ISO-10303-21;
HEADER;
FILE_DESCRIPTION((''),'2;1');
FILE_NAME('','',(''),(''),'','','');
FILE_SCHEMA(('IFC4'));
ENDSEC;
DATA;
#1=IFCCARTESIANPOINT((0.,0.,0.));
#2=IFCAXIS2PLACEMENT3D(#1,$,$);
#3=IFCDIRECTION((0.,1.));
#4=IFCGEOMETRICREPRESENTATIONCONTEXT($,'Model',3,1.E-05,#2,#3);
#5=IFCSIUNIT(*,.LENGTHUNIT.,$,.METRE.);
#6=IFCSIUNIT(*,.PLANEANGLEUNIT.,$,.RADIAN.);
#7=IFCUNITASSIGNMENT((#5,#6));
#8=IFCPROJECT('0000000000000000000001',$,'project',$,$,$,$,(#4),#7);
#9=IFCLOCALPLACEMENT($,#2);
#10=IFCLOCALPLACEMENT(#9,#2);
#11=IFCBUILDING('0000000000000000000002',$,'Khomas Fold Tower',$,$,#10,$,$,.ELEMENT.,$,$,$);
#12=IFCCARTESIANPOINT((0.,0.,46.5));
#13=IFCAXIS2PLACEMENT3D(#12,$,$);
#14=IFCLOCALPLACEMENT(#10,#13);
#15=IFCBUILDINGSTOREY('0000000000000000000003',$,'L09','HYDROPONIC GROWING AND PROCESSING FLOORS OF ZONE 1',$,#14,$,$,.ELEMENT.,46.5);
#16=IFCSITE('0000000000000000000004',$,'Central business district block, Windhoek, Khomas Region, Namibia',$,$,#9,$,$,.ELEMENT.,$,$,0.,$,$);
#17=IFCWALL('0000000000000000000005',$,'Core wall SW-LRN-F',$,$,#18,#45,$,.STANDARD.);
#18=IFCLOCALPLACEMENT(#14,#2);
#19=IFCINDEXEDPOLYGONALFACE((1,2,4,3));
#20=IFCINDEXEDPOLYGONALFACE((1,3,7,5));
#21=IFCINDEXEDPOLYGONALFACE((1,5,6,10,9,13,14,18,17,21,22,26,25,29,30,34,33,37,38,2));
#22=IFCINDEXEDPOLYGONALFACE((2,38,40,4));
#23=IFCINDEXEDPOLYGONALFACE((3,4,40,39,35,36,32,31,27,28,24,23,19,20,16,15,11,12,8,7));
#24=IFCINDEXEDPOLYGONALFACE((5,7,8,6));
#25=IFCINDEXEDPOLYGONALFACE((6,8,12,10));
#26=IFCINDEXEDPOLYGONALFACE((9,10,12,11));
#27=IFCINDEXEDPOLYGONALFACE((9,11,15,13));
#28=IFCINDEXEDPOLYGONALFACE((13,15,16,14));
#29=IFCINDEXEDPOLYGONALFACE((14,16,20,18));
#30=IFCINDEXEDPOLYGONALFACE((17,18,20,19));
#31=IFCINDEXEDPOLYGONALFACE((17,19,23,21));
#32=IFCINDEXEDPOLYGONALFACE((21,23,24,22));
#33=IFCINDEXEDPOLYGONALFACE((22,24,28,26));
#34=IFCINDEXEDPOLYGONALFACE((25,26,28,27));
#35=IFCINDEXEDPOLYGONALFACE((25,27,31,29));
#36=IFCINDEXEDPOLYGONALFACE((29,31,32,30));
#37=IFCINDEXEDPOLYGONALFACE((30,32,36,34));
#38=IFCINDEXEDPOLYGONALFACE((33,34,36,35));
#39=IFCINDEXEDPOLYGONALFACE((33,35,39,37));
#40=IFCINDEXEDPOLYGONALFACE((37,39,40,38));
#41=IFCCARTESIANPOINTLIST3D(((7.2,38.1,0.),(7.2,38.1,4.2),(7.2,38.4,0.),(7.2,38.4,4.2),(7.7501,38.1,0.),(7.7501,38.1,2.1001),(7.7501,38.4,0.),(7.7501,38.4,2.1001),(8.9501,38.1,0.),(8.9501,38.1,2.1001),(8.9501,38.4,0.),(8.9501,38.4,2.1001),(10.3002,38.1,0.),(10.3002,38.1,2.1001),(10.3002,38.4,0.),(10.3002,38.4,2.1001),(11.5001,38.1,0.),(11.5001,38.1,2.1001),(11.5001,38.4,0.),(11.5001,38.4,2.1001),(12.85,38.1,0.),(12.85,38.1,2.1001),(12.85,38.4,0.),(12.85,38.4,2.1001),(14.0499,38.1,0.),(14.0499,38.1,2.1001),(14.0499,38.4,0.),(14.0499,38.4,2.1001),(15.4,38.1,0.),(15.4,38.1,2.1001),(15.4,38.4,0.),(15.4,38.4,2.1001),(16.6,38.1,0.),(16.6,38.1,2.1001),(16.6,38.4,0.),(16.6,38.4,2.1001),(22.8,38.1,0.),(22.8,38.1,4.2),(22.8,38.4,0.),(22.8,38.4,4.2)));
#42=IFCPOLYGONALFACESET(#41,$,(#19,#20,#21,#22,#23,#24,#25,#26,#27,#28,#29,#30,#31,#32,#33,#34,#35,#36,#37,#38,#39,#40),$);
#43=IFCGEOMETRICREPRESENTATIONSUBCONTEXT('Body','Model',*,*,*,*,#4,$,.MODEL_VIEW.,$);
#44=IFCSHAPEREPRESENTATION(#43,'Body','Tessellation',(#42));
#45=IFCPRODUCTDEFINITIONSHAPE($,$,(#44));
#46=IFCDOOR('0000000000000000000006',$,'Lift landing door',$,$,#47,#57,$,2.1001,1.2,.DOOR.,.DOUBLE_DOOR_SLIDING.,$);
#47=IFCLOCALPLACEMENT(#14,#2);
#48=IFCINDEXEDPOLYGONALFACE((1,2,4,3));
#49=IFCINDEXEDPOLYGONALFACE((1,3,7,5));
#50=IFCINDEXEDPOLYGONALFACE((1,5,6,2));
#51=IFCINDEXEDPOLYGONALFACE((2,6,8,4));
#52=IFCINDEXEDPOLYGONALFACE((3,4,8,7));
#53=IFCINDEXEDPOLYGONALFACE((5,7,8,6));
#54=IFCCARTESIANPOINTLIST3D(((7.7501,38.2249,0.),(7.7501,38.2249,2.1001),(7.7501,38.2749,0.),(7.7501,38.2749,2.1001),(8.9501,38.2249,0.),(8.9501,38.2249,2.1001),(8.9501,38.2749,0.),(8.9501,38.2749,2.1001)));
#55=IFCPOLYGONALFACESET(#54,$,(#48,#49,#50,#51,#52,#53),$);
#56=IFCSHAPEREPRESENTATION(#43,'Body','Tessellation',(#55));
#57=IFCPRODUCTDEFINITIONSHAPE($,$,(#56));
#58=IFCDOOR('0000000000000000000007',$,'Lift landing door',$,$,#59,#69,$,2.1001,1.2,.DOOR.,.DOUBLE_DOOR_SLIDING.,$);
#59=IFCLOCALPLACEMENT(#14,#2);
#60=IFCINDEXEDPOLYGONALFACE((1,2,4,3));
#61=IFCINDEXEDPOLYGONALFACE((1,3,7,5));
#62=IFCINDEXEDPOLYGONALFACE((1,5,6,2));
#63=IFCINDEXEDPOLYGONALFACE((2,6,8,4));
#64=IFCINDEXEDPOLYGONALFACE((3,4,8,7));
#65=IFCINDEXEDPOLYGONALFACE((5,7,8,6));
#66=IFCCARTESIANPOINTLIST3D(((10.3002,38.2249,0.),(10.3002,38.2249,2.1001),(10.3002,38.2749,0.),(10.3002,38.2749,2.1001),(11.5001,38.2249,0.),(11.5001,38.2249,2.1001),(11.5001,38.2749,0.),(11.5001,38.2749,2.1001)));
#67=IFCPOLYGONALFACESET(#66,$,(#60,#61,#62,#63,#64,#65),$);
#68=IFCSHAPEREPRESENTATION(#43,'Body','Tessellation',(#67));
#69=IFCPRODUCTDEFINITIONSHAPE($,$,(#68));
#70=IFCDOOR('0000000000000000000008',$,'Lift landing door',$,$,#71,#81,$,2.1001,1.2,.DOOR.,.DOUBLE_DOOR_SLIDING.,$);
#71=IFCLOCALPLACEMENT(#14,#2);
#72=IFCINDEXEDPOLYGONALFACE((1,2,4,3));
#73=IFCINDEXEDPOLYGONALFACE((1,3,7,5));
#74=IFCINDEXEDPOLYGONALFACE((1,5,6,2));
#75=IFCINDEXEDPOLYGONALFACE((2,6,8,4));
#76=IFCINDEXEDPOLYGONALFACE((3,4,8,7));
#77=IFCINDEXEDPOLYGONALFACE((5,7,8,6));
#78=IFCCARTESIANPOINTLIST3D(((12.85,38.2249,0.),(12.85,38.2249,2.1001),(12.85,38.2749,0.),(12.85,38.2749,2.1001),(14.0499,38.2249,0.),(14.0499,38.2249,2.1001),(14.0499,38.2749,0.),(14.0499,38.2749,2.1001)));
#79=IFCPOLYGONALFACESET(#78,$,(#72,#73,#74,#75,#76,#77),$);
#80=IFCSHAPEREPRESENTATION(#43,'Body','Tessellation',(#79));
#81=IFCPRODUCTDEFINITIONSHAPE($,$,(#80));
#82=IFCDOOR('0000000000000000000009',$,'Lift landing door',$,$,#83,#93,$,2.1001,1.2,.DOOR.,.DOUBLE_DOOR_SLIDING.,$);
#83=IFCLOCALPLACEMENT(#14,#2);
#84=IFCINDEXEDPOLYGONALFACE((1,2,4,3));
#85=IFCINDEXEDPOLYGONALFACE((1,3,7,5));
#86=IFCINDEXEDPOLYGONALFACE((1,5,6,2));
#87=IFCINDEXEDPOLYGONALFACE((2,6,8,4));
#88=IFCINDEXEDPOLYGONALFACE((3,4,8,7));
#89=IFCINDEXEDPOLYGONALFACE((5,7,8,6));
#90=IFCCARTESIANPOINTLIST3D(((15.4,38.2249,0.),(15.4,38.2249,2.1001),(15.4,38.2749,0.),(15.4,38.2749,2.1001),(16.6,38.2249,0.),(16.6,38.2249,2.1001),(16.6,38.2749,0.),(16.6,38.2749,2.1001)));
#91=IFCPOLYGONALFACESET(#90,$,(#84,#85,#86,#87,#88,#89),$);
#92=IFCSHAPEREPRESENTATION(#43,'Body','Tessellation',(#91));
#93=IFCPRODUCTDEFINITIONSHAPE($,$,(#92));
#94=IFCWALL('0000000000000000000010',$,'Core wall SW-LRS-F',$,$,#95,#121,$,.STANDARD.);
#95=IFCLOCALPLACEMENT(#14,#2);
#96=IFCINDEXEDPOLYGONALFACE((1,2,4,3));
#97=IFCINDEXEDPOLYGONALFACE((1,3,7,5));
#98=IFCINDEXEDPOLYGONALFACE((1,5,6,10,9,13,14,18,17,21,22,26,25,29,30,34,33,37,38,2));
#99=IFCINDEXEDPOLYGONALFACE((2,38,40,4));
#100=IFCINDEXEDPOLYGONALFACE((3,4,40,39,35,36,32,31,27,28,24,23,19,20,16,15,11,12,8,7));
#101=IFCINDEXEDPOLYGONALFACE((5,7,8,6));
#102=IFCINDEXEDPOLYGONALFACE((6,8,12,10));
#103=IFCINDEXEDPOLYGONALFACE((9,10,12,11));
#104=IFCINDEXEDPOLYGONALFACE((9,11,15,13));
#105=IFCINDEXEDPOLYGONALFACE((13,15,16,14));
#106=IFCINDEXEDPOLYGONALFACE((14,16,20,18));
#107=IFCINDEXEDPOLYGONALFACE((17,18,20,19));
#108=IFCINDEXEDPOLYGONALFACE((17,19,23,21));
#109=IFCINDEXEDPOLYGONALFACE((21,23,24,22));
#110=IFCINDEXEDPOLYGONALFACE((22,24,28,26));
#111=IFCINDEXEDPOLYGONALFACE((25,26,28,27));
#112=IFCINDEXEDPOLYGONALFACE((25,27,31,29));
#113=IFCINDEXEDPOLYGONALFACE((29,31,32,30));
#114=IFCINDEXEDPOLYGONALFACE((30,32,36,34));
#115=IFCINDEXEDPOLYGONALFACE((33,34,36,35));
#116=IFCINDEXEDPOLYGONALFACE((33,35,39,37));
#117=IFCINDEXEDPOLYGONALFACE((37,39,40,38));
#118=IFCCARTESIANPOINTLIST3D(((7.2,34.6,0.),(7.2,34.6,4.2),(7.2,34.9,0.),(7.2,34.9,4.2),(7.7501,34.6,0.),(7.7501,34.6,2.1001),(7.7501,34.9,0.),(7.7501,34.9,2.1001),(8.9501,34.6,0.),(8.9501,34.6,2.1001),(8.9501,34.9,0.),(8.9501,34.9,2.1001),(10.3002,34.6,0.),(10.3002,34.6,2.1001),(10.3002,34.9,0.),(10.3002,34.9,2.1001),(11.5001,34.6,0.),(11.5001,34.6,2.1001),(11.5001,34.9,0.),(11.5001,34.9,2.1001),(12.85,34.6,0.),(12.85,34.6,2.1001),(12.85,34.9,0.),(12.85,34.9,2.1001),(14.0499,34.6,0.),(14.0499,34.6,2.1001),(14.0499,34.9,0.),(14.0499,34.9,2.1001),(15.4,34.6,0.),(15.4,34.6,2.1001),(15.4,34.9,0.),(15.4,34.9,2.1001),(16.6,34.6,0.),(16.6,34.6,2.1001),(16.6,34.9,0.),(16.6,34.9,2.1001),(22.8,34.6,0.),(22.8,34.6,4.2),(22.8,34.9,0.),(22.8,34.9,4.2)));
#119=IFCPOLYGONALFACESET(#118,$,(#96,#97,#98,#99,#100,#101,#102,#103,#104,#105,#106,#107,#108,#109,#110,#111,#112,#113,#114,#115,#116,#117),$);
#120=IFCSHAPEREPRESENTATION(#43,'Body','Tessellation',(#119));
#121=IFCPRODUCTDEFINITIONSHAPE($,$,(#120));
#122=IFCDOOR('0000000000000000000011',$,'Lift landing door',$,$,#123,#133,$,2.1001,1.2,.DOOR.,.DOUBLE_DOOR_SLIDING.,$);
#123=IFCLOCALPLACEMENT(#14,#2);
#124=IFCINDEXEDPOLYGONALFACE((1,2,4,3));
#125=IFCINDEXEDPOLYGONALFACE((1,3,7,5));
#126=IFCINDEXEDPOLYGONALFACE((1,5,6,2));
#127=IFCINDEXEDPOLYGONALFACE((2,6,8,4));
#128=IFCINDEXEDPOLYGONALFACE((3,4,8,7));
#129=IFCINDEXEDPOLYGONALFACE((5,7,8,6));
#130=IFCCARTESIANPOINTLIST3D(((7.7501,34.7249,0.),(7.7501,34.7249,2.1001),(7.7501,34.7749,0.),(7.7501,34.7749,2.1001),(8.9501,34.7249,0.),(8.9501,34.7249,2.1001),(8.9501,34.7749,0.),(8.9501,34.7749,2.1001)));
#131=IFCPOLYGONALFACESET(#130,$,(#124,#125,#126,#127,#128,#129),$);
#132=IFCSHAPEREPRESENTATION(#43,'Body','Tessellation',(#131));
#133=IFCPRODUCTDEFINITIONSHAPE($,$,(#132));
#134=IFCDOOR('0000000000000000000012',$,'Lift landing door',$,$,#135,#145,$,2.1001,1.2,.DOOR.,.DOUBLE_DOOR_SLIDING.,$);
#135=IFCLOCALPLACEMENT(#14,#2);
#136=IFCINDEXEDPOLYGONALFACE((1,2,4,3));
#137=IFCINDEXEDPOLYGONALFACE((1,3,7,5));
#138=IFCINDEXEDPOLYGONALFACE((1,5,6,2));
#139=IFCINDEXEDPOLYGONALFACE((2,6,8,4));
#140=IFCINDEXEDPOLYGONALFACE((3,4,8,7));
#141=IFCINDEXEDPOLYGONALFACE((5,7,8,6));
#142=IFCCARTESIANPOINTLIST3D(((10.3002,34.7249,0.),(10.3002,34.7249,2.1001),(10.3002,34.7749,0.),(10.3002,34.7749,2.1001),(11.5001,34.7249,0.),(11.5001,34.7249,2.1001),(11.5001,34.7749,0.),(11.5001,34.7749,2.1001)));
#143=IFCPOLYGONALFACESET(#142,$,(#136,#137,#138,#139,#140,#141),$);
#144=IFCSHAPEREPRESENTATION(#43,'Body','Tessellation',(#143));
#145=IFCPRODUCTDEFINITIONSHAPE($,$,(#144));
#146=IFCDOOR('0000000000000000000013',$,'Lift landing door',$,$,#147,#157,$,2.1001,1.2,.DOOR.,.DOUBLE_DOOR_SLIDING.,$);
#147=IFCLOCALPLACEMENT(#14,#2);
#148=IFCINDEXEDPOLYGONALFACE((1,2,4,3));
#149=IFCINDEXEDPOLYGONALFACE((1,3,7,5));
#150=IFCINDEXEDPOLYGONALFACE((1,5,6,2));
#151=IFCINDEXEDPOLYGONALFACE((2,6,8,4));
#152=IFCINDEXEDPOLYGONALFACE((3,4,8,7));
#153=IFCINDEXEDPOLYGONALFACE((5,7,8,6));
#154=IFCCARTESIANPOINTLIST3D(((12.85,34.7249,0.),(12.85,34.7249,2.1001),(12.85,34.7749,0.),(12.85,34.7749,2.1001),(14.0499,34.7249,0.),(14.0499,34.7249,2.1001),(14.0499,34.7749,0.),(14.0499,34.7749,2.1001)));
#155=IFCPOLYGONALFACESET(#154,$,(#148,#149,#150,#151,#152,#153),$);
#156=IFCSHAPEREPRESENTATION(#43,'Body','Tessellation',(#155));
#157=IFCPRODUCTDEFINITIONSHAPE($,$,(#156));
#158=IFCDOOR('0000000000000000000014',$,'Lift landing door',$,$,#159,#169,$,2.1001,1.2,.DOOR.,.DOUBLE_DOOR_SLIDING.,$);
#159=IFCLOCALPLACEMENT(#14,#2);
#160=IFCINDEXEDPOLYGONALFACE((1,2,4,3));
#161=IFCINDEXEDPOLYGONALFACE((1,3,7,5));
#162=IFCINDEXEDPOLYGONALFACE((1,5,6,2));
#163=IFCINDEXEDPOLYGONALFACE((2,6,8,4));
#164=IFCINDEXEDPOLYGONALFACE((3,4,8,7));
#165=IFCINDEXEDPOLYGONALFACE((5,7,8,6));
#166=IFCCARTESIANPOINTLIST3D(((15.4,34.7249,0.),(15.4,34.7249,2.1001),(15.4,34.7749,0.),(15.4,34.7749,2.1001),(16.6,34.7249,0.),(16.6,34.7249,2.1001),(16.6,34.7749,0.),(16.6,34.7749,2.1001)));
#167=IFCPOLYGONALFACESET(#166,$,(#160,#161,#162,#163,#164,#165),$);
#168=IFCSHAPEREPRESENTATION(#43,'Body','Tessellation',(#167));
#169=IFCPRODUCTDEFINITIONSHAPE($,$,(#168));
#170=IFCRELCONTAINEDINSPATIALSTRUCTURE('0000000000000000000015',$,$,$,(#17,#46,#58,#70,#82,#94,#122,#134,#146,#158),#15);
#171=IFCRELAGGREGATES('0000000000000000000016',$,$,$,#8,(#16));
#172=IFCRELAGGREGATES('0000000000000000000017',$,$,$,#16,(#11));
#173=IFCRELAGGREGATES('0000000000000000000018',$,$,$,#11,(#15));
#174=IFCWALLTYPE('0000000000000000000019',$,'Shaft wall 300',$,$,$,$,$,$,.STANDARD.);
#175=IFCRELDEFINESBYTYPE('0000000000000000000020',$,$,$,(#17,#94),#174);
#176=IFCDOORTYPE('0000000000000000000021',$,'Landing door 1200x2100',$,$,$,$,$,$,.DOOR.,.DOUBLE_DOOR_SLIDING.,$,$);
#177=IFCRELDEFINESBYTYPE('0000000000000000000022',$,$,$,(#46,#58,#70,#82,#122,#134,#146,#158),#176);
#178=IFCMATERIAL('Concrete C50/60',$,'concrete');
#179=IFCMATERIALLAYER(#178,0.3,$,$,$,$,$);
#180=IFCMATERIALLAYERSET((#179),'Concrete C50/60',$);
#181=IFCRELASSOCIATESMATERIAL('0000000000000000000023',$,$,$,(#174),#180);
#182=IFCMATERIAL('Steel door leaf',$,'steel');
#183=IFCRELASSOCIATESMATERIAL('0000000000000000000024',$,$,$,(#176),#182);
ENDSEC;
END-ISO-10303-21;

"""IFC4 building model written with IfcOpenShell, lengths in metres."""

from ifc_helpers import new_model, si_unit, direction, frame, frame_2d, origin, place, context, subcontext, project, spatial, rectangle, extrude, source, transform, mapped, material, layer, layer_set, type_object, element, fill, save


model = new_model("IFC4")

# Units and contexts
model_context = context("Model", 3, precision=1e-05, world=origin(), true_north=direction((0.0, 1.0)))
body_context = subcontext(model_context, "Body", "Model", "MODEL_VIEW")
ifc_project = project(units=[si_unit("LENGTHUNIT", "METRE"), si_unit("PLANEANGLEUNIT", "RADIAN")], contexts=[model_context])

# Site, building, storey
site_placement = place(None, origin())
site = spatial("IfcSite", under=ifc_project, at=site_placement, Name="Central business district block, Windhoek, Khomas Region, Namibia", CompositionType="ELEMENT", RefElevation=0.0)
building_placement = place(site_placement, origin())
building = spatial("IfcBuilding", under=site, at=building_placement, Name="Khomas Fold Tower", CompositionType="ELEMENT")
storey_placement = place(building_placement, frame((0.0, 0.0, 46.5)))
storey = spatial("IfcBuildingStorey", under=building, at=storey_placement, Name="L09", Description="HYDROPONIC GROWING AND PROCESSING FLOORS OF ZONE 1", CompositionType="ELEMENT", Elevation=46.5)

# Walls, openings, doors
ifc_material_1 = material(Name="Concrete C50/60", Category="concrete")
ifc_layer_1 = layer(ifc_material_1, 0.3)
ifc_layer_set_1 = layer_set([ifc_layer_1], Name="Concrete C50/60")
wall_type_1 = type_object("IfcWallType", Name="Shaft wall 300", PredefinedType="STANDARD", material=ifc_layer_set_1)
shared_shape_1 = source(origin(), body_context, "Body", "SweptSolid", [
    extrude(rectangle(XDim=15.6001, YDim=0.3, at=frame_2d((7.8, 0.0))), origin(), (0.0, 0.0, 1.0), 4.2),
])
wall_1_placement = place(storey_placement, frame((7.2, 38.25, 0.0), z_axis=(0.0, 0.0, 1.0), x_axis=(1.0, 0.0, 0.0)))
wall_1 = element("IfcWall", 1, at=wall_1_placement, inside=storey, type_object=wall_type_1, Name="Core wall SW-LRN-F", PredefinedType="STANDARD", context=body_context, shape_type="MappedRepresentation", body=[
    mapped(shared_shape_1, transform((0.0, 0.0, 0.0))),
])
shared_shape_2 = source(origin(), body_context, "Body", "SweptSolid", [
    extrude(rectangle(XDim=1.2, YDim=2.1001, at=frame_2d((0.6001, 1.05))), frame((0.0, 0.1599, 0.0), z_axis=(0.0, -1.0, 0.0), x_axis=(1.0, 0.0, 0.0)), (0.0, 0.0, 1.0), 0.3201),
])
opening_1_placement = place(wall_1_placement, frame((0.55, 0.0, 0.0)))
opening_1 = element("IfcOpeningElement", 2, at=opening_1_placement, cuts=wall_1, PredefinedType="OPENING", context=body_context, shape_type="MappedRepresentation", body=[
    mapped(shared_shape_2, transform((0.0, 0.0, 0.0))),
])
opening_2_placement = place(wall_1_placement, frame((3.1001, 0.0, 0.0)))
opening_2 = element("IfcOpeningElement", 3, at=opening_2_placement, cuts=wall_1, PredefinedType="OPENING", context=body_context, shape_type="MappedRepresentation", body=[
    mapped(shared_shape_2, transform((0.0, 0.0, 0.0))),
])
opening_3_placement = place(wall_1_placement, frame((5.6499, 0.0, 0.0)))
opening_3 = element("IfcOpeningElement", 4, at=opening_3_placement, cuts=wall_1, PredefinedType="OPENING", context=body_context, shape_type="MappedRepresentation", body=[
    mapped(shared_shape_2, transform((0.0, 0.0, 0.0))),
])
opening_4_placement = place(wall_1_placement, frame((8.2, 0.0, 0.0)))
opening_4 = element("IfcOpeningElement", 5, at=opening_4_placement, cuts=wall_1, PredefinedType="OPENING", context=body_context, shape_type="MappedRepresentation", body=[
    mapped(shared_shape_2, transform((0.0, 0.0, 0.0))),
])
ifc_material_2 = material(Name="Steel door leaf", Category="steel")
door_type = type_object("IfcDoorType", Name="Landing door 1200x2100", OperationType="DOUBLE_DOOR_SLIDING", PredefinedType="DOOR", material=ifc_material_2)
shared_shape_3 = source(origin(), body_context, "Body", "SweptSolid", [
    extrude(rectangle(XDim=1.2, YDim=2.1001, at=frame_2d((0.6001, 1.05))), frame((0.0, 0.0249, 0.0), z_axis=(0.0, -1.0, 0.0), x_axis=(1.0, 0.0, 0.0)), (0.0, 0.0, 1.0), 0.05),
])
door_1_placement = place(opening_1_placement, origin())
door_1 = element("IfcDoor", 6, at=door_1_placement, inside=storey, type_object=door_type, Name="Lift landing door", OperationType="DOUBLE_DOOR_SLIDING", OverallHeight=2.1001, OverallWidth=1.2, PredefinedType="DOOR", context=body_context, shape_type="MappedRepresentation", body=[
    mapped(shared_shape_3, transform((0.0, 0.0, 0.0))),
])
fill(opening_1, door_1)
door_2_placement = place(opening_2_placement, origin())
door_2 = element("IfcDoor", 7, at=door_2_placement, inside=storey, type_object=door_type, Name="Lift landing door", OperationType="DOUBLE_DOOR_SLIDING", OverallHeight=2.1001, OverallWidth=1.2, PredefinedType="DOOR", context=body_context, shape_type="MappedRepresentation", body=[
    mapped(shared_shape_3, transform((0.0, 0.0, 0.0))),
])
fill(opening_2, door_2)
door_3_placement = place(opening_3_placement, origin())
door_3 = element("IfcDoor", 8, at=door_3_placement, inside=storey, type_object=door_type, Name="Lift landing door", OperationType="DOUBLE_DOOR_SLIDING", OverallHeight=2.1001, OverallWidth=1.2, PredefinedType="DOOR", context=body_context, shape_type="MappedRepresentation", body=[
    mapped(shared_shape_3, transform((0.0, 0.0, 0.0))),
])
fill(opening_3, door_3)
door_4_placement = place(opening_4_placement, origin())
door_4 = element("IfcDoor", 9, at=door_4_placement, inside=storey, type_object=door_type, Name="Lift landing door", OperationType="DOUBLE_DOOR_SLIDING", OverallHeight=2.1001, OverallWidth=1.2, PredefinedType="DOOR", context=body_context, shape_type="MappedRepresentation", body=[
    mapped(shared_shape_3, transform((0.0, 0.0, 0.0))),
])
fill(opening_4, door_4)
wall_2_placement = place(storey_placement, frame((7.2, 34.75, 0.0), z_axis=(0.0, 0.0, 1.0), x_axis=(1.0, 0.0, 0.0)))
wall_2 = element("IfcWall", 10, at=wall_2_placement, inside=storey, type_object=wall_type_1, Name="Core wall SW-LRS-F", PredefinedType="STANDARD", context=body_context, shape_type="MappedRepresentation", body=[
    mapped(shared_shape_1, transform((0.0, 0.0, 0.0))),
])
opening_5_placement = place(wall_2_placement, frame((0.55, 0.0, 0.0)))
opening_5 = element("IfcOpeningElement", 11, at=opening_5_placement, cuts=wall_2, PredefinedType="OPENING", context=body_context, shape_type="MappedRepresentation", body=[
    mapped(shared_shape_2, transform((0.0, 0.0, 0.0))),
])
opening_6_placement = place(wall_2_placement, frame((3.1001, 0.0, 0.0)))
opening_6 = element("IfcOpeningElement", 12, at=opening_6_placement, cuts=wall_2, PredefinedType="OPENING", context=body_context, shape_type="MappedRepresentation", body=[
    mapped(shared_shape_2, transform((0.0, 0.0, 0.0))),
])
opening_7_placement = place(wall_2_placement, frame((5.6499, 0.0, 0.0)))
opening_7 = element("IfcOpeningElement", 13, at=opening_7_placement, cuts=wall_2, PredefinedType="OPENING", context=body_context, shape_type="MappedRepresentation", body=[
    mapped(shared_shape_2, transform((0.0, 0.0, 0.0))),
])
opening_8_placement = place(wall_2_placement, frame((8.2, 0.0, 0.0)))
opening_8 = element("IfcOpeningElement", 14, at=opening_8_placement, cuts=wall_2, PredefinedType="OPENING", context=body_context, shape_type="MappedRepresentation", body=[
    mapped(shared_shape_2, transform((0.0, 0.0, 0.0))),
])
door_5_placement = place(opening_5_placement, origin())
door_5 = element("IfcDoor", 15, at=door_5_placement, inside=storey, type_object=door_type, Name="Lift landing door", OperationType="DOUBLE_DOOR_SLIDING", OverallHeight=2.1001, OverallWidth=1.2, PredefinedType="DOOR", context=body_context, shape_type="MappedRepresentation", body=[
    mapped(shared_shape_3, transform((0.0, 0.0, 0.0))),
])
fill(opening_5, door_5)
door_6_placement = place(opening_6_placement, origin())
door_6 = element("IfcDoor", 16, at=door_6_placement, inside=storey, type_object=door_type, Name="Lift landing door", OperationType="DOUBLE_DOOR_SLIDING", OverallHeight=2.1001, OverallWidth=1.2, PredefinedType="DOOR", context=body_context, shape_type="MappedRepresentation", body=[
    mapped(shared_shape_3, transform((0.0, 0.0, 0.0))),
])
fill(opening_6, door_6)
door_7_placement = place(opening_7_placement, origin())
door_7 = element("IfcDoor", 17, at=door_7_placement, inside=storey, type_object=door_type, Name="Lift landing door", OperationType="DOUBLE_DOOR_SLIDING", OverallHeight=2.1001, OverallWidth=1.2, PredefinedType="DOOR", context=body_context, shape_type="MappedRepresentation", body=[
    mapped(shared_shape_3, transform((0.0, 0.0, 0.0))),
])
fill(opening_7, door_7)
door_8_placement = place(opening_8_placement, origin())
door_8 = element("IfcDoor", 18, at=door_8_placement, inside=storey, type_object=door_type, Name="Lift landing door", OperationType="DOUBLE_DOOR_SLIDING", OverallHeight=2.1001, OverallWidth=1.2, PredefinedType="DOOR", context=body_context, shape_type="MappedRepresentation", body=[
    mapped(shared_shape_3, transform((0.0, 0.0, 0.0))),
])
fill(opening_8, door_8)

save(model, "model.ifc")
